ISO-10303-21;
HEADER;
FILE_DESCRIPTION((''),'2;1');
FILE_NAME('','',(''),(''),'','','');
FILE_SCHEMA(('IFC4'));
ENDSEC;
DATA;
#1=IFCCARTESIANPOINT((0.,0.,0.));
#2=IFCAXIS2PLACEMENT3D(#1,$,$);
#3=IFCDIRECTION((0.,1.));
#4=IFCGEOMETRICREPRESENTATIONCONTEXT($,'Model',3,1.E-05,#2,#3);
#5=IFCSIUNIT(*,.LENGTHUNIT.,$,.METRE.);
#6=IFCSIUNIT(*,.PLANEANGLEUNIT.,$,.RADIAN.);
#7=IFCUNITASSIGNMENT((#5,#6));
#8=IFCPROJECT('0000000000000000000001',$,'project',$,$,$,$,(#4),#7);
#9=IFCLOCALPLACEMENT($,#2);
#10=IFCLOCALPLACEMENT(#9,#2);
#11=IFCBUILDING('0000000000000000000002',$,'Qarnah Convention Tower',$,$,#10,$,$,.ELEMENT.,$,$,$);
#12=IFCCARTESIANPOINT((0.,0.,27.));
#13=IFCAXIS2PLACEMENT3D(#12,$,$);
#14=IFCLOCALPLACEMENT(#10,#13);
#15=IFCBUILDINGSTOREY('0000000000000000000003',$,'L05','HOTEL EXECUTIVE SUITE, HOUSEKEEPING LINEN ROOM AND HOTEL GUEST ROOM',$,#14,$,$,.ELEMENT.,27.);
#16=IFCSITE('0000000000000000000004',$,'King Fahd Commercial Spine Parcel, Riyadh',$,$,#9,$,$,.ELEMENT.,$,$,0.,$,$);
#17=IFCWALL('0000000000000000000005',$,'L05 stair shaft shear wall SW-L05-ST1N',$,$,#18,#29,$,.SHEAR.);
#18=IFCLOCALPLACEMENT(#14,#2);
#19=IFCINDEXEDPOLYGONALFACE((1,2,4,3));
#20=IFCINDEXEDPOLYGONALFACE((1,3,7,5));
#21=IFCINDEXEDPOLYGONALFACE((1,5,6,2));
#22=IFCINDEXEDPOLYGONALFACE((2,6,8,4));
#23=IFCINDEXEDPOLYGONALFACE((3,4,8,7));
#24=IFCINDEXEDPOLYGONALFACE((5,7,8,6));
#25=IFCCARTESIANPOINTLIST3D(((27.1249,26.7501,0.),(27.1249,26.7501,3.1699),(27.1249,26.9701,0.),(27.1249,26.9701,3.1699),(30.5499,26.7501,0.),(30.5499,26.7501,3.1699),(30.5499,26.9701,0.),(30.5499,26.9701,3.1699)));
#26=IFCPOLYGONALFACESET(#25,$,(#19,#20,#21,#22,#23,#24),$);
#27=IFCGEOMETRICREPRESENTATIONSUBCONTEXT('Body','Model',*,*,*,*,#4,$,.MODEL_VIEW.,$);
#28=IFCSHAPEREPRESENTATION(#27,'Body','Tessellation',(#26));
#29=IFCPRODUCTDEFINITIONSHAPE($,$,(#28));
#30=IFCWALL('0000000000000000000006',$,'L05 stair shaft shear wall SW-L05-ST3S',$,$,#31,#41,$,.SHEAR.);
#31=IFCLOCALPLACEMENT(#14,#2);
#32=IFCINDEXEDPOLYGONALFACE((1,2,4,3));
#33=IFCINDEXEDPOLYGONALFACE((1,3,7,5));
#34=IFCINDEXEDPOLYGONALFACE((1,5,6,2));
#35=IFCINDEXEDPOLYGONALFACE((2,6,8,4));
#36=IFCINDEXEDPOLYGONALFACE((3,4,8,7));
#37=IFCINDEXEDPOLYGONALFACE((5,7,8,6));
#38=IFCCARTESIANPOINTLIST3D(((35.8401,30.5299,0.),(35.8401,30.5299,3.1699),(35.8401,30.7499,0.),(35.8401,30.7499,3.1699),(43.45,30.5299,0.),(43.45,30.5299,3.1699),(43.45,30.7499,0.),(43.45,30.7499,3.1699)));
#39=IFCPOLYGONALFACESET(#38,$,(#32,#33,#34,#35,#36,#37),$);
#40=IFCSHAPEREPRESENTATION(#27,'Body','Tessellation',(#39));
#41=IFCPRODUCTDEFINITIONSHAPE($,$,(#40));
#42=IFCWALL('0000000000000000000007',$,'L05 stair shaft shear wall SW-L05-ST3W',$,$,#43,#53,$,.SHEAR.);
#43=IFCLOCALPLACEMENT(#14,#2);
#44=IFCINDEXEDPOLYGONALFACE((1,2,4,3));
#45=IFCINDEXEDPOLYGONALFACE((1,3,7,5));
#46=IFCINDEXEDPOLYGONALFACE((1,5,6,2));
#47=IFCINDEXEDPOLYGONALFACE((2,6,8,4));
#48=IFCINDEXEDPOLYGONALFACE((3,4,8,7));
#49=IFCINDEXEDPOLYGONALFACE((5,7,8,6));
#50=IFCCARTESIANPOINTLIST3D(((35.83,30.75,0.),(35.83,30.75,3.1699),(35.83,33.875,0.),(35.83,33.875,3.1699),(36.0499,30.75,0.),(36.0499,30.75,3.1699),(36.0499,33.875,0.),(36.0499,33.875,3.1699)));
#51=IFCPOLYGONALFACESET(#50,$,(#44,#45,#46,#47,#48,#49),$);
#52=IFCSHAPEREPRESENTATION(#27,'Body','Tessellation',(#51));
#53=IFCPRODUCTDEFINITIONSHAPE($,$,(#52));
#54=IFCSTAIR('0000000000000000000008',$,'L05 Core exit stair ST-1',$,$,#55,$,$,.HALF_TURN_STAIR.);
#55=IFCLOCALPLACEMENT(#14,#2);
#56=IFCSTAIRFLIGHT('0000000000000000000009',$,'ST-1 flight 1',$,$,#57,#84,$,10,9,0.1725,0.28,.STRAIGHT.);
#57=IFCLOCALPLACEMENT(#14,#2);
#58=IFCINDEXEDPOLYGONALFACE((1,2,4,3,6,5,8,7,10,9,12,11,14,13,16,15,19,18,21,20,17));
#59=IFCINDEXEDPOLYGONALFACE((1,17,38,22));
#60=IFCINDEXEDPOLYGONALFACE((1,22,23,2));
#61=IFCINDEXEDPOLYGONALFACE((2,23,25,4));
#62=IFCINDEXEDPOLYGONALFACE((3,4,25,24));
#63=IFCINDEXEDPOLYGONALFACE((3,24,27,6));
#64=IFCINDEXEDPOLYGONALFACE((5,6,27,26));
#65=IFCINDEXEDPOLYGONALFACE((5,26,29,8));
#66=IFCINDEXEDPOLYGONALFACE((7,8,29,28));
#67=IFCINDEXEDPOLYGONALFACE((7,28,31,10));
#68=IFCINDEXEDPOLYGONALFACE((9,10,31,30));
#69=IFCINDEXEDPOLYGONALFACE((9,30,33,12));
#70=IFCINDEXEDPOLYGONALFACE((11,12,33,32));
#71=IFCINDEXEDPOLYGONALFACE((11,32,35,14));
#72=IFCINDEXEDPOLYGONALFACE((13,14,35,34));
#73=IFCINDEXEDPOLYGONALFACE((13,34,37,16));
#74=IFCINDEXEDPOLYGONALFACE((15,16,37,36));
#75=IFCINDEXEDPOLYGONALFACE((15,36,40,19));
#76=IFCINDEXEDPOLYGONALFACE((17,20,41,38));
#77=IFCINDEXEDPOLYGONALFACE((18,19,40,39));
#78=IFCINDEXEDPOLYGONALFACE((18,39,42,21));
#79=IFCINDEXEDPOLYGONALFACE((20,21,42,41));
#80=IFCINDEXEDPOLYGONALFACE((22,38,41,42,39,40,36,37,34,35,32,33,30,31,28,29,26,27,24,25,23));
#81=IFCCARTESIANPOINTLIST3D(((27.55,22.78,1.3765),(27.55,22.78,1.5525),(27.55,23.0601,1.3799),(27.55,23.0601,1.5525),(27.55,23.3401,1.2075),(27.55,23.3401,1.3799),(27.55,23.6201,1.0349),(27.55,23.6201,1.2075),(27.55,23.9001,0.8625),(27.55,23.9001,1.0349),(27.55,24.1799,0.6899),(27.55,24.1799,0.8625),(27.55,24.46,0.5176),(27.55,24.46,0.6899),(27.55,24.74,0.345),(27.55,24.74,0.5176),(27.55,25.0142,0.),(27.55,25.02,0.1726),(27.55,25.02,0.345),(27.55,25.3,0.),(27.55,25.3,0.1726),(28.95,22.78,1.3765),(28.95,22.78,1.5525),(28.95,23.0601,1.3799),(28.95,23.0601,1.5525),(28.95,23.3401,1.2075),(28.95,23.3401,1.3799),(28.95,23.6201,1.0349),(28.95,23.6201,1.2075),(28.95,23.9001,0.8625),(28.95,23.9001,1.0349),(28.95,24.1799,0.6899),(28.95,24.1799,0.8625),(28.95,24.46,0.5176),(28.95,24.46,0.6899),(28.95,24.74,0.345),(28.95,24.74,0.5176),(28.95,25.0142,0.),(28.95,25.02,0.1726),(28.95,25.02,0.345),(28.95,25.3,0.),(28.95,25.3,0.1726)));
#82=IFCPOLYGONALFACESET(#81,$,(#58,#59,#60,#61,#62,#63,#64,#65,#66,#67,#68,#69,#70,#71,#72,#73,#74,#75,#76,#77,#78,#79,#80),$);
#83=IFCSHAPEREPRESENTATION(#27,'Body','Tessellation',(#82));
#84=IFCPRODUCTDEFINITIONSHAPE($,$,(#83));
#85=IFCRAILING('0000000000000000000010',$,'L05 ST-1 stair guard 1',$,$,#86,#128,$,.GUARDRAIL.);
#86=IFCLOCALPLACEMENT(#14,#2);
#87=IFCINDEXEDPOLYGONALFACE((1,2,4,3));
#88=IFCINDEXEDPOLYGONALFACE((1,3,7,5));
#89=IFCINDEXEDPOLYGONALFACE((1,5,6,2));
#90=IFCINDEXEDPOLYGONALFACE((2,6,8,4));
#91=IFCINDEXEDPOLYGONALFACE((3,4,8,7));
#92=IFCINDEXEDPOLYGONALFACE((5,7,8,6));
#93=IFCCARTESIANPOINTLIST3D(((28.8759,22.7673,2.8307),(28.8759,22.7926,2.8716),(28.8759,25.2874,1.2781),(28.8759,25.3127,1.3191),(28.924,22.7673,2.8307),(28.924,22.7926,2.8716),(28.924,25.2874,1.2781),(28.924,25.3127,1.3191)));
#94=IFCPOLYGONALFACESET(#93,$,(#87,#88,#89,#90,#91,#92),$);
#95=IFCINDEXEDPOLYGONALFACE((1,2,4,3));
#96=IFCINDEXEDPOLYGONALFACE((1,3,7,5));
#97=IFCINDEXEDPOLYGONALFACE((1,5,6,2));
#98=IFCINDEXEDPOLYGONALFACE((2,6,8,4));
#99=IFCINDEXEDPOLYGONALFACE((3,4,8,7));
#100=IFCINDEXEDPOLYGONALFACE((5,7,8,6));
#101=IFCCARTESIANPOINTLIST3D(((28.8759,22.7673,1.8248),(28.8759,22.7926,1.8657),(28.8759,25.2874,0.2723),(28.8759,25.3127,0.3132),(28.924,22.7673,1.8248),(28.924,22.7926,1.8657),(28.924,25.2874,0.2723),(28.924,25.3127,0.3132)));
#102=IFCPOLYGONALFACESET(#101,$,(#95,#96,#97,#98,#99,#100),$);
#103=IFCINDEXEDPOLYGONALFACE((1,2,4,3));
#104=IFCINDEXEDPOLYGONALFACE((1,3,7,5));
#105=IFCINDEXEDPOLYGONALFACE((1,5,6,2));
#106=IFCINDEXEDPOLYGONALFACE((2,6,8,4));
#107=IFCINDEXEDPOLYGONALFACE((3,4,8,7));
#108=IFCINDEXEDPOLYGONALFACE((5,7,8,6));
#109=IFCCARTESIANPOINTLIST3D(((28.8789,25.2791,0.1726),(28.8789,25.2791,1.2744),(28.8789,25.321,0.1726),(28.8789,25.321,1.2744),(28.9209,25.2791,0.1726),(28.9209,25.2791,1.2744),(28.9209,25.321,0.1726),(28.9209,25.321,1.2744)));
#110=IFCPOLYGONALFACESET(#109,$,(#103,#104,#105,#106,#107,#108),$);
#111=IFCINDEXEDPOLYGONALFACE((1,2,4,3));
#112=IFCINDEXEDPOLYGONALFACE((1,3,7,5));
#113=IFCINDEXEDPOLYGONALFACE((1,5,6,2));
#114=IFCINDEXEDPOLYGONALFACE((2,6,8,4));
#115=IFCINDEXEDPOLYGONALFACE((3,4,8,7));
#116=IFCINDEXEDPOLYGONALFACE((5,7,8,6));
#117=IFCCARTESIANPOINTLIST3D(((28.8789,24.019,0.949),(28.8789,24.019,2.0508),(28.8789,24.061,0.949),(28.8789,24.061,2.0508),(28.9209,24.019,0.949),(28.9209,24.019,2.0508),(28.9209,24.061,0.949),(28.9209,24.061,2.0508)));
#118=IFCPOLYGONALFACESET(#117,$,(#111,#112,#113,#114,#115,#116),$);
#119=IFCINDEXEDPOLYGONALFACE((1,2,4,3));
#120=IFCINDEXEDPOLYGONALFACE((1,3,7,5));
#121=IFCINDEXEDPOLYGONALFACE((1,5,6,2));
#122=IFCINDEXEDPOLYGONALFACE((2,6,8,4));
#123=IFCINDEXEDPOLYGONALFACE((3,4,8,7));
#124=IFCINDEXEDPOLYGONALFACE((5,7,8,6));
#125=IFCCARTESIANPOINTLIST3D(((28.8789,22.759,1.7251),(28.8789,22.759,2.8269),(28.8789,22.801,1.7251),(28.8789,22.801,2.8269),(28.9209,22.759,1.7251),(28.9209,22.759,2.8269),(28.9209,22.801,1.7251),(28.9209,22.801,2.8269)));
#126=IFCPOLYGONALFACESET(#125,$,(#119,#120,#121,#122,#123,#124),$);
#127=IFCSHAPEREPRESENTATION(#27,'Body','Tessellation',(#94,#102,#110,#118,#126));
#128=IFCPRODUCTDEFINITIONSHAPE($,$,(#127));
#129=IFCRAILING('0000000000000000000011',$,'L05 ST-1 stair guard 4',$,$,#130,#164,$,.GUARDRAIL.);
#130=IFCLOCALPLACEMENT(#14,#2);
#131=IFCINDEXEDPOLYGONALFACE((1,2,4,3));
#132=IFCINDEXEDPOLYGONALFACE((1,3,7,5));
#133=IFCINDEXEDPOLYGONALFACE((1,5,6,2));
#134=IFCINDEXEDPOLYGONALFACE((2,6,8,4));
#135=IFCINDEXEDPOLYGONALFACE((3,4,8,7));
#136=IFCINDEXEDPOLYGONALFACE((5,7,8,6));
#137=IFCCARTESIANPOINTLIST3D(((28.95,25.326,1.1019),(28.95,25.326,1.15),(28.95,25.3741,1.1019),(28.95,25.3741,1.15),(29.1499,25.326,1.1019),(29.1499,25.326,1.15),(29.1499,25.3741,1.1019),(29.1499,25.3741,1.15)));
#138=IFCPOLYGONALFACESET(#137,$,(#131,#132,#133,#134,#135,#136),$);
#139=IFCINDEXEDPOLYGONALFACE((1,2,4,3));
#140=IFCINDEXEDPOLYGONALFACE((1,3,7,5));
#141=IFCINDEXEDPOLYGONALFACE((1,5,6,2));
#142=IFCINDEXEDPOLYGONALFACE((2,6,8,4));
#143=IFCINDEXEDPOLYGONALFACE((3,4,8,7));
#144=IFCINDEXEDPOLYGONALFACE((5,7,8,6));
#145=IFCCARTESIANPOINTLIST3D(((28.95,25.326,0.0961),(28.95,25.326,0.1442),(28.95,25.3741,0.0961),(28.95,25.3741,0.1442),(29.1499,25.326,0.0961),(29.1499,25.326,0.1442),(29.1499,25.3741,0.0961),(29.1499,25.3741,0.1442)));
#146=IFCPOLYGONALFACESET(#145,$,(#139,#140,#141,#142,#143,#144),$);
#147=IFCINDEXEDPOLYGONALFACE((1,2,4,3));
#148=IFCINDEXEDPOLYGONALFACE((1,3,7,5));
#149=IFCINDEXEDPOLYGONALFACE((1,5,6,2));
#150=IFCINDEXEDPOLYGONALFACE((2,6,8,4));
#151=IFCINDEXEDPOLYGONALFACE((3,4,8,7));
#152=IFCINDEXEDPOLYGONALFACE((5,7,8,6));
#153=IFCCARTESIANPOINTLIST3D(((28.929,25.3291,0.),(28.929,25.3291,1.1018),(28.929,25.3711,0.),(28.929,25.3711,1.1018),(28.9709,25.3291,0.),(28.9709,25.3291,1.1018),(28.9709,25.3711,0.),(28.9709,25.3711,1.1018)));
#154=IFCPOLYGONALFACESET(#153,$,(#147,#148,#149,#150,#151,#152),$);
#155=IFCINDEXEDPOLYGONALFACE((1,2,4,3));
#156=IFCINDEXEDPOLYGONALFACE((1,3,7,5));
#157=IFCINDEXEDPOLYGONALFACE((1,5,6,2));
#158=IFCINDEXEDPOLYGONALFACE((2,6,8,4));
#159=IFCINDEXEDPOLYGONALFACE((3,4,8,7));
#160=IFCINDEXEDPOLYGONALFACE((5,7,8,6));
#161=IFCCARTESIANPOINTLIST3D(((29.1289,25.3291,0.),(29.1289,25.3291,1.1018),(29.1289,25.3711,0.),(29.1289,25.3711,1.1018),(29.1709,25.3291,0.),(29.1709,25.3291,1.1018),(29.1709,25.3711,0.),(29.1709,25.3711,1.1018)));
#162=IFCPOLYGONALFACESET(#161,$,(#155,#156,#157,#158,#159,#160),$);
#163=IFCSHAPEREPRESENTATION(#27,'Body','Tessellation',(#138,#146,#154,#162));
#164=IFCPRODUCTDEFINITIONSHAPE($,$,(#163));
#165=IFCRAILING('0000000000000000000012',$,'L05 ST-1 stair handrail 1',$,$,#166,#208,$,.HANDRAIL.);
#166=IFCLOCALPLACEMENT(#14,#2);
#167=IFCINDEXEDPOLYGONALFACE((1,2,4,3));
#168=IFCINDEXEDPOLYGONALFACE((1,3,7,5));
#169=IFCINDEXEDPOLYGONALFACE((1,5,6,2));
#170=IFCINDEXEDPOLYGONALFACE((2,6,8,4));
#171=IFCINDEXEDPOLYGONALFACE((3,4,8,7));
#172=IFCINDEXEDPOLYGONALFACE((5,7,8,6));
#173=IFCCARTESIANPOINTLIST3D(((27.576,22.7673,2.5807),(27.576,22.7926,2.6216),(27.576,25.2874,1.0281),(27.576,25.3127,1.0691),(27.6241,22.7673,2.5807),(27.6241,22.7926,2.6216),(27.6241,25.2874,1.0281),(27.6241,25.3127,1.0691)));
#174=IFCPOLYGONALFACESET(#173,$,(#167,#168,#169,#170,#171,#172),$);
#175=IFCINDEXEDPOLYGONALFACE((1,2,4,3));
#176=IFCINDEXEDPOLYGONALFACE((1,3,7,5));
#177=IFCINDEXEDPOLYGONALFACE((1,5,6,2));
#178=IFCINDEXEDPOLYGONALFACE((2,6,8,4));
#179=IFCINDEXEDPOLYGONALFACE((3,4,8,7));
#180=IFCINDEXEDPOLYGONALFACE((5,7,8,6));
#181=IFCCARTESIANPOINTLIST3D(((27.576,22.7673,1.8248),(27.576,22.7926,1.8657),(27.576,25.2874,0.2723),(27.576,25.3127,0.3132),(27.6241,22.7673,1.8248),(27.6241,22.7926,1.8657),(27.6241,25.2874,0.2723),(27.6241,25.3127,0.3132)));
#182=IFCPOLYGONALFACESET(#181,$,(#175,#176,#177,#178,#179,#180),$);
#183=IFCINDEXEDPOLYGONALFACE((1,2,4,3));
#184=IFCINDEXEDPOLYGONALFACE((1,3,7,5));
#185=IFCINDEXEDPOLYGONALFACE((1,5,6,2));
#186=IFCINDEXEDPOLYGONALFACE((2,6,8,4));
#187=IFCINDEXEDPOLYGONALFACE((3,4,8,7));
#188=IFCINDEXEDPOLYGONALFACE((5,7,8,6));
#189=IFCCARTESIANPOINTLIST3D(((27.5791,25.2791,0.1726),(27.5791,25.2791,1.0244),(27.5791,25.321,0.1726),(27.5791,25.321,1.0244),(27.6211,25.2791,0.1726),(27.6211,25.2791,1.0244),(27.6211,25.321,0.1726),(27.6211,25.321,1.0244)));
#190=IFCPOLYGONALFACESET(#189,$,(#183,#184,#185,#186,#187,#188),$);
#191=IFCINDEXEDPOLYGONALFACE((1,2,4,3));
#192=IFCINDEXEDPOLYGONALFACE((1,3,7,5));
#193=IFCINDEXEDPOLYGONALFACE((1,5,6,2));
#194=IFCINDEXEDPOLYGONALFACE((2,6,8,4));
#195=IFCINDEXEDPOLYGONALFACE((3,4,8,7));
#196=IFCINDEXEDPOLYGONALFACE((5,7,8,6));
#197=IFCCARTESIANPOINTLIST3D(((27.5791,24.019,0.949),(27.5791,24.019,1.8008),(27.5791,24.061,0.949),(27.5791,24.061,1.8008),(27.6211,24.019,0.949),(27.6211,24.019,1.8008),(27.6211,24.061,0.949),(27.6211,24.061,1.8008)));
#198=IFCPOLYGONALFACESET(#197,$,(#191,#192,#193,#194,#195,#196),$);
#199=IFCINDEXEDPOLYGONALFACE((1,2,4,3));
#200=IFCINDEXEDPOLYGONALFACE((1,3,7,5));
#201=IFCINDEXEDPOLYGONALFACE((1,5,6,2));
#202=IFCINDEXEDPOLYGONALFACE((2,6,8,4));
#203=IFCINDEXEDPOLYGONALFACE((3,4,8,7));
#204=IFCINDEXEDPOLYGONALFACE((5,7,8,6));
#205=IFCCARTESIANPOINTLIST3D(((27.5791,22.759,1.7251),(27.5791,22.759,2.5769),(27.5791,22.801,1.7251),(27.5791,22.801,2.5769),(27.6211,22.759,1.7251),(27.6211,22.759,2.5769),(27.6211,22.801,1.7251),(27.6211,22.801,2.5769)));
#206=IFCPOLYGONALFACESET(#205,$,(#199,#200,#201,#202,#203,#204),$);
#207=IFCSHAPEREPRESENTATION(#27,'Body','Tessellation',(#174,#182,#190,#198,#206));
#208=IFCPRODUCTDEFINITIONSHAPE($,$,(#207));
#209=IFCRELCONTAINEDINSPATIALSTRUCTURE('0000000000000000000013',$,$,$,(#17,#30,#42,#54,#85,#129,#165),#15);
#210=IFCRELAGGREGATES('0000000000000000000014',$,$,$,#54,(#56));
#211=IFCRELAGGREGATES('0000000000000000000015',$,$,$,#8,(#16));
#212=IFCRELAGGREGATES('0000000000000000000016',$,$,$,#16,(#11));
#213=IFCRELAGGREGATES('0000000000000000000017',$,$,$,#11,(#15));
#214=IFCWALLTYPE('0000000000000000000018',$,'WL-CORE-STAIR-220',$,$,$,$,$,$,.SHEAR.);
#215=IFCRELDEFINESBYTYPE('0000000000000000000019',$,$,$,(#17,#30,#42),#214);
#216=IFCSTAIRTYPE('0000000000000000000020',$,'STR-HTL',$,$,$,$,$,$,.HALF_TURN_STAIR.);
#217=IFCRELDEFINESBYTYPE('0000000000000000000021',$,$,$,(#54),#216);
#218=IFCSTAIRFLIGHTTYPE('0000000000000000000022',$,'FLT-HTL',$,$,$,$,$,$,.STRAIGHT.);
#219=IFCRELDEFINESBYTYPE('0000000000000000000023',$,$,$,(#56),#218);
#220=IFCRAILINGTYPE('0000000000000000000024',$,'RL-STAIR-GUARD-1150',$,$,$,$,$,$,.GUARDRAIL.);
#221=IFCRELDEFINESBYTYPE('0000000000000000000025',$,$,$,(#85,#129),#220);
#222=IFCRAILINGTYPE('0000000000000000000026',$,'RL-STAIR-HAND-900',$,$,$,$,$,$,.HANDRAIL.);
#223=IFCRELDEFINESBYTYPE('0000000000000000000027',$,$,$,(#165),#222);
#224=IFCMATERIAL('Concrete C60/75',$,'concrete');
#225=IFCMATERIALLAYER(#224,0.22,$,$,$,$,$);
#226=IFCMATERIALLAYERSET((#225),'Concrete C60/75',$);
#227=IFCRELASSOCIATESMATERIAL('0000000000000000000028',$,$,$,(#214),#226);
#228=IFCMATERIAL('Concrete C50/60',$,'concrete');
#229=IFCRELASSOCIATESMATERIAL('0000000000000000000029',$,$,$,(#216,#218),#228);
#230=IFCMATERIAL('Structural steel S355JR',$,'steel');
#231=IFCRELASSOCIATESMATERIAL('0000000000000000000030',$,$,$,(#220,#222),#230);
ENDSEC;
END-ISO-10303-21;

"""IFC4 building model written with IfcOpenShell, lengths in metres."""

from ifc_helpers import new_model, si_unit, direction, frame, frame_2d, origin, origin_2d, place, context, subcontext, project, spatial, polyline, rectangle, outline, extrude, material, layer, layer_set, type_object, element, aggregate, save


model = new_model("IFC4")

# Units and contexts
model_context = context("Model", 3, precision=1e-05, world=origin(), true_north=direction((0.0, 1.0)))
body_context = subcontext(model_context, "Body", "Model", "MODEL_VIEW")
ifc_project = project(units=[si_unit("LENGTHUNIT", "METRE"), si_unit("PLANEANGLEUNIT", "RADIAN")], contexts=[model_context])

# Site, building, storey
site_placement = place(None, origin())
site = spatial("IfcSite", under=ifc_project, at=site_placement, Name="King Fahd Commercial Spine Parcel, Riyadh", CompositionType="ELEMENT", RefElevation=0.0)
building_placement = place(site_placement, origin())
building = spatial("IfcBuilding", under=site, at=building_placement, Name="Qarnah Convention Tower", CompositionType="ELEMENT")
storey_placement = place(building_placement, frame((0.0, 0.0, 27.0)))
storey = spatial("IfcBuildingStorey", under=building, at=storey_placement, Name="L05", Description="HOTEL EXECUTIVE SUITE, HOUSEKEEPING LINEN ROOM AND HOTEL GUEST ROOM", CompositionType="ELEMENT", Elevation=27.0)

# Shared definitions
ifc_material_1 = material(Name="Structural steel S355JR", Category="steel")

# Shared definitions
ifc_material_2 = material(Name="Concrete C60/75", Category="concrete")

# Walls
ifc_layer_1 = layer(ifc_material_2, 0.22)
ifc_layer_set_1 = layer_set([ifc_layer_1], Name="Concrete C60/75")
wall_type_1 = type_object("IfcWallType", Name="WL-CORE-STAIR-220", PredefinedType="SHEAR", material=ifc_layer_set_1)
wall_1_placement = place(storey_placement, frame((27.125, 26.8601, 0.0), z_axis=(0.0, 0.0, 1.0), x_axis=(1.0, 0.0, 0.0)))
element("IfcWall", 1, at=wall_1_placement, inside=storey, type_object=wall_type_1, Name="L05 stair shaft shear wall SW-L05-ST1N", PredefinedType="SHEAR", context=body_context, shape_type="SweptSolid", body=[
    extrude(rectangle(XDim=3.425, YDim=0.22, at=frame_2d((1.7124, 0.0))), origin(), (0.0, 0.0, 1.0), 3.1699),
])
wall_2_placement = place(storey_placement, frame((35.8401, 30.6399, 0.0), z_axis=(0.0, 0.0, 1.0), x_axis=(1.0, 0.0, 0.0)))
element("IfcWall", 2, at=wall_2_placement, inside=storey, type_object=wall_type_1, Name="L05 stair shaft shear wall SW-L05-ST3S", PredefinedType="SHEAR", context=body_context, shape_type="SweptSolid", body=[
    extrude(rectangle(XDim=7.6099, YDim=0.22, at=frame_2d((3.8049, 0.0))), origin(), (0.0, 0.0, 1.0), 3.1699),
])
wall_3_placement = place(storey_placement, frame((35.9399, 30.75, 0.0), z_axis=(0.0, 0.0, 1.0), x_axis=(0.0, 1.0, 0.0)))
element("IfcWall", 3, at=wall_3_placement, inside=storey, type_object=wall_type_1, Name="L05 stair shaft shear wall SW-L05-ST3W", PredefinedType="SHEAR", context=body_context, shape_type="SweptSolid", body=[
    extrude(rectangle(XDim=3.125, YDim=0.22, at=frame_2d((1.5625, 0.0))), origin(), (0.0, 0.0, 1.0), 3.1699),
])

# Stair, stair flight
ifc_material_3 = material(Name="Concrete C50/60", Category="concrete")
stair_type = type_object("IfcStairType", Name="STR-HTL", PredefinedType="HALF_TURN_STAIR", material=ifc_material_3)
stair_placement = place(storey_placement, origin())
stair = element("IfcStair", 4, at=stair_placement, inside=storey, type_object=stair_type, Name="L05 Core exit stair ST-1", PredefinedType="HALF_TURN_STAIR")
stair_flight_type = type_object("IfcStairFlightType", Name="FLT-HTL", PredefinedType="STRAIGHT", material=ifc_material_3)
stair_flight_placement = place(storey_placement, frame((28.25, 25.3, 0.0), z_axis=(0.0, 0.0, 1.0), x_axis=(0.0, -1.0, 0.0)))
stair_flight = element("IfcStairFlight", 5, at=stair_flight_placement, type_object=stair_flight_type, Name="ST-1 flight 1", NumberOfRisers=10, NumberOfTreads=9, PredefinedType="STRAIGHT", RiserHeight=0.1725, TreadLength=0.28, context=body_context, shape_type="SweptSolid", body=[
    extrude(outline(polyline([(0.0, 0.0), (0.0, 0.1726), (0.28, 0.1726), (0.28, 0.345), (0.5601, 0.345), (0.5601, 0.5176), (0.8401, 0.5176), (0.8401, 0.6899), (1.1201, 0.6899), (1.1201, 0.8625), (1.3999, 0.8625), (1.3999, 1.0349), (1.6799, 1.0349), (1.6799, 1.2075), (1.96, 1.2075), (1.96, 1.3799), (2.24, 1.3799), (2.24, 1.5525), (2.52, 1.5525), (2.52, 1.7251), (2.52, 1.3765), (0.2859, 0.0), (0.0, 0.0)])), frame((0.0, 0.7, 0.0), z_axis=(0.0, -1.0, 0.0), x_axis=(1.0, 0.0, 0.0)), (0.0, 0.0, 1.0), 1.3999),
])
aggregate(stair, [stair_flight])

# Railings
railing_type_1 = type_object("IfcRailingType", Name="RL-STAIR-GUARD-1150", PredefinedType="GUARDRAIL", material=ifc_material_1)
railing_1_placement = place(storey_placement, frame((28.8999, 25.3, 0.1726)))
element("IfcRailing", 6, at=railing_1_placement, inside=storey, type_object=railing_type_1, Name="L05 ST-1 stair guard 1", PredefinedType="GUARDRAIL", context=body_context, shape_type="SweptSolid", body=[
    extrude(rectangle(XDim=0.0481, YDim=0.0481, at=origin_2d()), frame((0.0, 0.0, 1.126), z_axis=(0.0, -0.8514, 0.524516), x_axis=(1.0, 0.0, 0.0)), (0.0, 0.0, 1.0), 2.96),
    extrude(rectangle(XDim=0.0481, YDim=0.0481, at=origin_2d()), frame((0.0, 0.0, 0.1201), z_axis=(0.0, -0.8514, 0.524516), x_axis=(1.0, 0.0, 0.0)), (0.0, 0.0, 1.0), 2.96),
    extrude(rectangle(XDim=0.042, YDim=0.042, at=origin_2d()), origin(), (0.0, 0.0, 1.0), 1.1018),
    extrude(rectangle(XDim=0.042, YDim=0.042, at=origin_2d()), frame((0.0, -1.26, 0.7764)), (0.0, 0.0, 1.0), 1.1018),
    extrude(rectangle(XDim=0.042, YDim=0.042, at=origin_2d()), frame((0.0, -2.52, 1.5525)), (0.0, 0.0, 1.0), 1.1018),
])
railing_2_placement = place(storey_placement, frame((28.95, 25.3501, 0.0)))
element("IfcRailing", 7, at=railing_2_placement, inside=storey, type_object=railing_type_1, Name="L05 ST-1 stair guard 4", PredefinedType="GUARDRAIL", context=body_context, shape_type="SweptSolid", body=[
    extrude(rectangle(XDim=0.0481, YDim=0.0481, at=origin_2d()), frame((0.0, 0.0, 1.126), z_axis=(1.0, 0.0, 0.0), x_axis=(0.0, 1.0, 0.0)), (0.0, 0.0, 1.0), 0.2),
    extrude(rectangle(XDim=0.0481, YDim=0.0481, at=origin_2d()), frame((0.0, 0.0, 0.1201), z_axis=(1.0, 0.0, 0.0), x_axis=(0.0, 1.0, 0.0)), (0.0, 0.0, 1.0), 0.2),
    extrude(rectangle(XDim=0.042, YDim=0.042, at=origin_2d()), origin(), (0.0, 0.0, 1.0), 1.1018),
    extrude(rectangle(XDim=0.042, YDim=0.042, at=origin_2d()), frame((0.2, 0.0, 0.0)), (0.0, 0.0, 1.0), 1.1018),
])
railing_type_2 = type_object("IfcRailingType", Name="RL-STAIR-HAND-900", PredefinedType="HANDRAIL", material=ifc_material_1)
railing_3_placement = place(storey_placement, frame((27.6001, 25.3, 0.1726)))
element("IfcRailing", 8, at=railing_3_placement, inside=storey, type_object=railing_type_2, Name="L05 ST-1 stair handrail 1", PredefinedType="HANDRAIL", context=body_context, shape_type="SweptSolid", body=[
    extrude(rectangle(XDim=0.0481, YDim=0.0481, at=origin_2d()), frame((0.0, 0.0, 0.876), z_axis=(0.0, -0.8514, 0.524516), x_axis=(1.0, 0.0, 0.0)), (0.0, 0.0, 1.0), 2.96),
    extrude(rectangle(XDim=0.0481, YDim=0.0481, at=origin_2d()), frame((0.0, 0.0, 0.1201), z_axis=(0.0, -0.8514, 0.524516), x_axis=(1.0, 0.0, 0.0)), (0.0, 0.0, 1.0), 2.96),
    extrude(rectangle(XDim=0.042, YDim=0.042, at=origin_2d()), origin(), (0.0, 0.0, 1.0), 0.8518),
    extrude(rectangle(XDim=0.042, YDim=0.042, at=origin_2d()), frame((0.0, -1.26, 0.7764)), (0.0, 0.0, 1.0), 0.8518),
    extrude(rectangle(XDim=0.042, YDim=0.042, at=origin_2d()), frame((0.0, -2.52, 1.5525)), (0.0, 0.0, 1.0), 0.8518),
])

save(model, "model.ifc")
